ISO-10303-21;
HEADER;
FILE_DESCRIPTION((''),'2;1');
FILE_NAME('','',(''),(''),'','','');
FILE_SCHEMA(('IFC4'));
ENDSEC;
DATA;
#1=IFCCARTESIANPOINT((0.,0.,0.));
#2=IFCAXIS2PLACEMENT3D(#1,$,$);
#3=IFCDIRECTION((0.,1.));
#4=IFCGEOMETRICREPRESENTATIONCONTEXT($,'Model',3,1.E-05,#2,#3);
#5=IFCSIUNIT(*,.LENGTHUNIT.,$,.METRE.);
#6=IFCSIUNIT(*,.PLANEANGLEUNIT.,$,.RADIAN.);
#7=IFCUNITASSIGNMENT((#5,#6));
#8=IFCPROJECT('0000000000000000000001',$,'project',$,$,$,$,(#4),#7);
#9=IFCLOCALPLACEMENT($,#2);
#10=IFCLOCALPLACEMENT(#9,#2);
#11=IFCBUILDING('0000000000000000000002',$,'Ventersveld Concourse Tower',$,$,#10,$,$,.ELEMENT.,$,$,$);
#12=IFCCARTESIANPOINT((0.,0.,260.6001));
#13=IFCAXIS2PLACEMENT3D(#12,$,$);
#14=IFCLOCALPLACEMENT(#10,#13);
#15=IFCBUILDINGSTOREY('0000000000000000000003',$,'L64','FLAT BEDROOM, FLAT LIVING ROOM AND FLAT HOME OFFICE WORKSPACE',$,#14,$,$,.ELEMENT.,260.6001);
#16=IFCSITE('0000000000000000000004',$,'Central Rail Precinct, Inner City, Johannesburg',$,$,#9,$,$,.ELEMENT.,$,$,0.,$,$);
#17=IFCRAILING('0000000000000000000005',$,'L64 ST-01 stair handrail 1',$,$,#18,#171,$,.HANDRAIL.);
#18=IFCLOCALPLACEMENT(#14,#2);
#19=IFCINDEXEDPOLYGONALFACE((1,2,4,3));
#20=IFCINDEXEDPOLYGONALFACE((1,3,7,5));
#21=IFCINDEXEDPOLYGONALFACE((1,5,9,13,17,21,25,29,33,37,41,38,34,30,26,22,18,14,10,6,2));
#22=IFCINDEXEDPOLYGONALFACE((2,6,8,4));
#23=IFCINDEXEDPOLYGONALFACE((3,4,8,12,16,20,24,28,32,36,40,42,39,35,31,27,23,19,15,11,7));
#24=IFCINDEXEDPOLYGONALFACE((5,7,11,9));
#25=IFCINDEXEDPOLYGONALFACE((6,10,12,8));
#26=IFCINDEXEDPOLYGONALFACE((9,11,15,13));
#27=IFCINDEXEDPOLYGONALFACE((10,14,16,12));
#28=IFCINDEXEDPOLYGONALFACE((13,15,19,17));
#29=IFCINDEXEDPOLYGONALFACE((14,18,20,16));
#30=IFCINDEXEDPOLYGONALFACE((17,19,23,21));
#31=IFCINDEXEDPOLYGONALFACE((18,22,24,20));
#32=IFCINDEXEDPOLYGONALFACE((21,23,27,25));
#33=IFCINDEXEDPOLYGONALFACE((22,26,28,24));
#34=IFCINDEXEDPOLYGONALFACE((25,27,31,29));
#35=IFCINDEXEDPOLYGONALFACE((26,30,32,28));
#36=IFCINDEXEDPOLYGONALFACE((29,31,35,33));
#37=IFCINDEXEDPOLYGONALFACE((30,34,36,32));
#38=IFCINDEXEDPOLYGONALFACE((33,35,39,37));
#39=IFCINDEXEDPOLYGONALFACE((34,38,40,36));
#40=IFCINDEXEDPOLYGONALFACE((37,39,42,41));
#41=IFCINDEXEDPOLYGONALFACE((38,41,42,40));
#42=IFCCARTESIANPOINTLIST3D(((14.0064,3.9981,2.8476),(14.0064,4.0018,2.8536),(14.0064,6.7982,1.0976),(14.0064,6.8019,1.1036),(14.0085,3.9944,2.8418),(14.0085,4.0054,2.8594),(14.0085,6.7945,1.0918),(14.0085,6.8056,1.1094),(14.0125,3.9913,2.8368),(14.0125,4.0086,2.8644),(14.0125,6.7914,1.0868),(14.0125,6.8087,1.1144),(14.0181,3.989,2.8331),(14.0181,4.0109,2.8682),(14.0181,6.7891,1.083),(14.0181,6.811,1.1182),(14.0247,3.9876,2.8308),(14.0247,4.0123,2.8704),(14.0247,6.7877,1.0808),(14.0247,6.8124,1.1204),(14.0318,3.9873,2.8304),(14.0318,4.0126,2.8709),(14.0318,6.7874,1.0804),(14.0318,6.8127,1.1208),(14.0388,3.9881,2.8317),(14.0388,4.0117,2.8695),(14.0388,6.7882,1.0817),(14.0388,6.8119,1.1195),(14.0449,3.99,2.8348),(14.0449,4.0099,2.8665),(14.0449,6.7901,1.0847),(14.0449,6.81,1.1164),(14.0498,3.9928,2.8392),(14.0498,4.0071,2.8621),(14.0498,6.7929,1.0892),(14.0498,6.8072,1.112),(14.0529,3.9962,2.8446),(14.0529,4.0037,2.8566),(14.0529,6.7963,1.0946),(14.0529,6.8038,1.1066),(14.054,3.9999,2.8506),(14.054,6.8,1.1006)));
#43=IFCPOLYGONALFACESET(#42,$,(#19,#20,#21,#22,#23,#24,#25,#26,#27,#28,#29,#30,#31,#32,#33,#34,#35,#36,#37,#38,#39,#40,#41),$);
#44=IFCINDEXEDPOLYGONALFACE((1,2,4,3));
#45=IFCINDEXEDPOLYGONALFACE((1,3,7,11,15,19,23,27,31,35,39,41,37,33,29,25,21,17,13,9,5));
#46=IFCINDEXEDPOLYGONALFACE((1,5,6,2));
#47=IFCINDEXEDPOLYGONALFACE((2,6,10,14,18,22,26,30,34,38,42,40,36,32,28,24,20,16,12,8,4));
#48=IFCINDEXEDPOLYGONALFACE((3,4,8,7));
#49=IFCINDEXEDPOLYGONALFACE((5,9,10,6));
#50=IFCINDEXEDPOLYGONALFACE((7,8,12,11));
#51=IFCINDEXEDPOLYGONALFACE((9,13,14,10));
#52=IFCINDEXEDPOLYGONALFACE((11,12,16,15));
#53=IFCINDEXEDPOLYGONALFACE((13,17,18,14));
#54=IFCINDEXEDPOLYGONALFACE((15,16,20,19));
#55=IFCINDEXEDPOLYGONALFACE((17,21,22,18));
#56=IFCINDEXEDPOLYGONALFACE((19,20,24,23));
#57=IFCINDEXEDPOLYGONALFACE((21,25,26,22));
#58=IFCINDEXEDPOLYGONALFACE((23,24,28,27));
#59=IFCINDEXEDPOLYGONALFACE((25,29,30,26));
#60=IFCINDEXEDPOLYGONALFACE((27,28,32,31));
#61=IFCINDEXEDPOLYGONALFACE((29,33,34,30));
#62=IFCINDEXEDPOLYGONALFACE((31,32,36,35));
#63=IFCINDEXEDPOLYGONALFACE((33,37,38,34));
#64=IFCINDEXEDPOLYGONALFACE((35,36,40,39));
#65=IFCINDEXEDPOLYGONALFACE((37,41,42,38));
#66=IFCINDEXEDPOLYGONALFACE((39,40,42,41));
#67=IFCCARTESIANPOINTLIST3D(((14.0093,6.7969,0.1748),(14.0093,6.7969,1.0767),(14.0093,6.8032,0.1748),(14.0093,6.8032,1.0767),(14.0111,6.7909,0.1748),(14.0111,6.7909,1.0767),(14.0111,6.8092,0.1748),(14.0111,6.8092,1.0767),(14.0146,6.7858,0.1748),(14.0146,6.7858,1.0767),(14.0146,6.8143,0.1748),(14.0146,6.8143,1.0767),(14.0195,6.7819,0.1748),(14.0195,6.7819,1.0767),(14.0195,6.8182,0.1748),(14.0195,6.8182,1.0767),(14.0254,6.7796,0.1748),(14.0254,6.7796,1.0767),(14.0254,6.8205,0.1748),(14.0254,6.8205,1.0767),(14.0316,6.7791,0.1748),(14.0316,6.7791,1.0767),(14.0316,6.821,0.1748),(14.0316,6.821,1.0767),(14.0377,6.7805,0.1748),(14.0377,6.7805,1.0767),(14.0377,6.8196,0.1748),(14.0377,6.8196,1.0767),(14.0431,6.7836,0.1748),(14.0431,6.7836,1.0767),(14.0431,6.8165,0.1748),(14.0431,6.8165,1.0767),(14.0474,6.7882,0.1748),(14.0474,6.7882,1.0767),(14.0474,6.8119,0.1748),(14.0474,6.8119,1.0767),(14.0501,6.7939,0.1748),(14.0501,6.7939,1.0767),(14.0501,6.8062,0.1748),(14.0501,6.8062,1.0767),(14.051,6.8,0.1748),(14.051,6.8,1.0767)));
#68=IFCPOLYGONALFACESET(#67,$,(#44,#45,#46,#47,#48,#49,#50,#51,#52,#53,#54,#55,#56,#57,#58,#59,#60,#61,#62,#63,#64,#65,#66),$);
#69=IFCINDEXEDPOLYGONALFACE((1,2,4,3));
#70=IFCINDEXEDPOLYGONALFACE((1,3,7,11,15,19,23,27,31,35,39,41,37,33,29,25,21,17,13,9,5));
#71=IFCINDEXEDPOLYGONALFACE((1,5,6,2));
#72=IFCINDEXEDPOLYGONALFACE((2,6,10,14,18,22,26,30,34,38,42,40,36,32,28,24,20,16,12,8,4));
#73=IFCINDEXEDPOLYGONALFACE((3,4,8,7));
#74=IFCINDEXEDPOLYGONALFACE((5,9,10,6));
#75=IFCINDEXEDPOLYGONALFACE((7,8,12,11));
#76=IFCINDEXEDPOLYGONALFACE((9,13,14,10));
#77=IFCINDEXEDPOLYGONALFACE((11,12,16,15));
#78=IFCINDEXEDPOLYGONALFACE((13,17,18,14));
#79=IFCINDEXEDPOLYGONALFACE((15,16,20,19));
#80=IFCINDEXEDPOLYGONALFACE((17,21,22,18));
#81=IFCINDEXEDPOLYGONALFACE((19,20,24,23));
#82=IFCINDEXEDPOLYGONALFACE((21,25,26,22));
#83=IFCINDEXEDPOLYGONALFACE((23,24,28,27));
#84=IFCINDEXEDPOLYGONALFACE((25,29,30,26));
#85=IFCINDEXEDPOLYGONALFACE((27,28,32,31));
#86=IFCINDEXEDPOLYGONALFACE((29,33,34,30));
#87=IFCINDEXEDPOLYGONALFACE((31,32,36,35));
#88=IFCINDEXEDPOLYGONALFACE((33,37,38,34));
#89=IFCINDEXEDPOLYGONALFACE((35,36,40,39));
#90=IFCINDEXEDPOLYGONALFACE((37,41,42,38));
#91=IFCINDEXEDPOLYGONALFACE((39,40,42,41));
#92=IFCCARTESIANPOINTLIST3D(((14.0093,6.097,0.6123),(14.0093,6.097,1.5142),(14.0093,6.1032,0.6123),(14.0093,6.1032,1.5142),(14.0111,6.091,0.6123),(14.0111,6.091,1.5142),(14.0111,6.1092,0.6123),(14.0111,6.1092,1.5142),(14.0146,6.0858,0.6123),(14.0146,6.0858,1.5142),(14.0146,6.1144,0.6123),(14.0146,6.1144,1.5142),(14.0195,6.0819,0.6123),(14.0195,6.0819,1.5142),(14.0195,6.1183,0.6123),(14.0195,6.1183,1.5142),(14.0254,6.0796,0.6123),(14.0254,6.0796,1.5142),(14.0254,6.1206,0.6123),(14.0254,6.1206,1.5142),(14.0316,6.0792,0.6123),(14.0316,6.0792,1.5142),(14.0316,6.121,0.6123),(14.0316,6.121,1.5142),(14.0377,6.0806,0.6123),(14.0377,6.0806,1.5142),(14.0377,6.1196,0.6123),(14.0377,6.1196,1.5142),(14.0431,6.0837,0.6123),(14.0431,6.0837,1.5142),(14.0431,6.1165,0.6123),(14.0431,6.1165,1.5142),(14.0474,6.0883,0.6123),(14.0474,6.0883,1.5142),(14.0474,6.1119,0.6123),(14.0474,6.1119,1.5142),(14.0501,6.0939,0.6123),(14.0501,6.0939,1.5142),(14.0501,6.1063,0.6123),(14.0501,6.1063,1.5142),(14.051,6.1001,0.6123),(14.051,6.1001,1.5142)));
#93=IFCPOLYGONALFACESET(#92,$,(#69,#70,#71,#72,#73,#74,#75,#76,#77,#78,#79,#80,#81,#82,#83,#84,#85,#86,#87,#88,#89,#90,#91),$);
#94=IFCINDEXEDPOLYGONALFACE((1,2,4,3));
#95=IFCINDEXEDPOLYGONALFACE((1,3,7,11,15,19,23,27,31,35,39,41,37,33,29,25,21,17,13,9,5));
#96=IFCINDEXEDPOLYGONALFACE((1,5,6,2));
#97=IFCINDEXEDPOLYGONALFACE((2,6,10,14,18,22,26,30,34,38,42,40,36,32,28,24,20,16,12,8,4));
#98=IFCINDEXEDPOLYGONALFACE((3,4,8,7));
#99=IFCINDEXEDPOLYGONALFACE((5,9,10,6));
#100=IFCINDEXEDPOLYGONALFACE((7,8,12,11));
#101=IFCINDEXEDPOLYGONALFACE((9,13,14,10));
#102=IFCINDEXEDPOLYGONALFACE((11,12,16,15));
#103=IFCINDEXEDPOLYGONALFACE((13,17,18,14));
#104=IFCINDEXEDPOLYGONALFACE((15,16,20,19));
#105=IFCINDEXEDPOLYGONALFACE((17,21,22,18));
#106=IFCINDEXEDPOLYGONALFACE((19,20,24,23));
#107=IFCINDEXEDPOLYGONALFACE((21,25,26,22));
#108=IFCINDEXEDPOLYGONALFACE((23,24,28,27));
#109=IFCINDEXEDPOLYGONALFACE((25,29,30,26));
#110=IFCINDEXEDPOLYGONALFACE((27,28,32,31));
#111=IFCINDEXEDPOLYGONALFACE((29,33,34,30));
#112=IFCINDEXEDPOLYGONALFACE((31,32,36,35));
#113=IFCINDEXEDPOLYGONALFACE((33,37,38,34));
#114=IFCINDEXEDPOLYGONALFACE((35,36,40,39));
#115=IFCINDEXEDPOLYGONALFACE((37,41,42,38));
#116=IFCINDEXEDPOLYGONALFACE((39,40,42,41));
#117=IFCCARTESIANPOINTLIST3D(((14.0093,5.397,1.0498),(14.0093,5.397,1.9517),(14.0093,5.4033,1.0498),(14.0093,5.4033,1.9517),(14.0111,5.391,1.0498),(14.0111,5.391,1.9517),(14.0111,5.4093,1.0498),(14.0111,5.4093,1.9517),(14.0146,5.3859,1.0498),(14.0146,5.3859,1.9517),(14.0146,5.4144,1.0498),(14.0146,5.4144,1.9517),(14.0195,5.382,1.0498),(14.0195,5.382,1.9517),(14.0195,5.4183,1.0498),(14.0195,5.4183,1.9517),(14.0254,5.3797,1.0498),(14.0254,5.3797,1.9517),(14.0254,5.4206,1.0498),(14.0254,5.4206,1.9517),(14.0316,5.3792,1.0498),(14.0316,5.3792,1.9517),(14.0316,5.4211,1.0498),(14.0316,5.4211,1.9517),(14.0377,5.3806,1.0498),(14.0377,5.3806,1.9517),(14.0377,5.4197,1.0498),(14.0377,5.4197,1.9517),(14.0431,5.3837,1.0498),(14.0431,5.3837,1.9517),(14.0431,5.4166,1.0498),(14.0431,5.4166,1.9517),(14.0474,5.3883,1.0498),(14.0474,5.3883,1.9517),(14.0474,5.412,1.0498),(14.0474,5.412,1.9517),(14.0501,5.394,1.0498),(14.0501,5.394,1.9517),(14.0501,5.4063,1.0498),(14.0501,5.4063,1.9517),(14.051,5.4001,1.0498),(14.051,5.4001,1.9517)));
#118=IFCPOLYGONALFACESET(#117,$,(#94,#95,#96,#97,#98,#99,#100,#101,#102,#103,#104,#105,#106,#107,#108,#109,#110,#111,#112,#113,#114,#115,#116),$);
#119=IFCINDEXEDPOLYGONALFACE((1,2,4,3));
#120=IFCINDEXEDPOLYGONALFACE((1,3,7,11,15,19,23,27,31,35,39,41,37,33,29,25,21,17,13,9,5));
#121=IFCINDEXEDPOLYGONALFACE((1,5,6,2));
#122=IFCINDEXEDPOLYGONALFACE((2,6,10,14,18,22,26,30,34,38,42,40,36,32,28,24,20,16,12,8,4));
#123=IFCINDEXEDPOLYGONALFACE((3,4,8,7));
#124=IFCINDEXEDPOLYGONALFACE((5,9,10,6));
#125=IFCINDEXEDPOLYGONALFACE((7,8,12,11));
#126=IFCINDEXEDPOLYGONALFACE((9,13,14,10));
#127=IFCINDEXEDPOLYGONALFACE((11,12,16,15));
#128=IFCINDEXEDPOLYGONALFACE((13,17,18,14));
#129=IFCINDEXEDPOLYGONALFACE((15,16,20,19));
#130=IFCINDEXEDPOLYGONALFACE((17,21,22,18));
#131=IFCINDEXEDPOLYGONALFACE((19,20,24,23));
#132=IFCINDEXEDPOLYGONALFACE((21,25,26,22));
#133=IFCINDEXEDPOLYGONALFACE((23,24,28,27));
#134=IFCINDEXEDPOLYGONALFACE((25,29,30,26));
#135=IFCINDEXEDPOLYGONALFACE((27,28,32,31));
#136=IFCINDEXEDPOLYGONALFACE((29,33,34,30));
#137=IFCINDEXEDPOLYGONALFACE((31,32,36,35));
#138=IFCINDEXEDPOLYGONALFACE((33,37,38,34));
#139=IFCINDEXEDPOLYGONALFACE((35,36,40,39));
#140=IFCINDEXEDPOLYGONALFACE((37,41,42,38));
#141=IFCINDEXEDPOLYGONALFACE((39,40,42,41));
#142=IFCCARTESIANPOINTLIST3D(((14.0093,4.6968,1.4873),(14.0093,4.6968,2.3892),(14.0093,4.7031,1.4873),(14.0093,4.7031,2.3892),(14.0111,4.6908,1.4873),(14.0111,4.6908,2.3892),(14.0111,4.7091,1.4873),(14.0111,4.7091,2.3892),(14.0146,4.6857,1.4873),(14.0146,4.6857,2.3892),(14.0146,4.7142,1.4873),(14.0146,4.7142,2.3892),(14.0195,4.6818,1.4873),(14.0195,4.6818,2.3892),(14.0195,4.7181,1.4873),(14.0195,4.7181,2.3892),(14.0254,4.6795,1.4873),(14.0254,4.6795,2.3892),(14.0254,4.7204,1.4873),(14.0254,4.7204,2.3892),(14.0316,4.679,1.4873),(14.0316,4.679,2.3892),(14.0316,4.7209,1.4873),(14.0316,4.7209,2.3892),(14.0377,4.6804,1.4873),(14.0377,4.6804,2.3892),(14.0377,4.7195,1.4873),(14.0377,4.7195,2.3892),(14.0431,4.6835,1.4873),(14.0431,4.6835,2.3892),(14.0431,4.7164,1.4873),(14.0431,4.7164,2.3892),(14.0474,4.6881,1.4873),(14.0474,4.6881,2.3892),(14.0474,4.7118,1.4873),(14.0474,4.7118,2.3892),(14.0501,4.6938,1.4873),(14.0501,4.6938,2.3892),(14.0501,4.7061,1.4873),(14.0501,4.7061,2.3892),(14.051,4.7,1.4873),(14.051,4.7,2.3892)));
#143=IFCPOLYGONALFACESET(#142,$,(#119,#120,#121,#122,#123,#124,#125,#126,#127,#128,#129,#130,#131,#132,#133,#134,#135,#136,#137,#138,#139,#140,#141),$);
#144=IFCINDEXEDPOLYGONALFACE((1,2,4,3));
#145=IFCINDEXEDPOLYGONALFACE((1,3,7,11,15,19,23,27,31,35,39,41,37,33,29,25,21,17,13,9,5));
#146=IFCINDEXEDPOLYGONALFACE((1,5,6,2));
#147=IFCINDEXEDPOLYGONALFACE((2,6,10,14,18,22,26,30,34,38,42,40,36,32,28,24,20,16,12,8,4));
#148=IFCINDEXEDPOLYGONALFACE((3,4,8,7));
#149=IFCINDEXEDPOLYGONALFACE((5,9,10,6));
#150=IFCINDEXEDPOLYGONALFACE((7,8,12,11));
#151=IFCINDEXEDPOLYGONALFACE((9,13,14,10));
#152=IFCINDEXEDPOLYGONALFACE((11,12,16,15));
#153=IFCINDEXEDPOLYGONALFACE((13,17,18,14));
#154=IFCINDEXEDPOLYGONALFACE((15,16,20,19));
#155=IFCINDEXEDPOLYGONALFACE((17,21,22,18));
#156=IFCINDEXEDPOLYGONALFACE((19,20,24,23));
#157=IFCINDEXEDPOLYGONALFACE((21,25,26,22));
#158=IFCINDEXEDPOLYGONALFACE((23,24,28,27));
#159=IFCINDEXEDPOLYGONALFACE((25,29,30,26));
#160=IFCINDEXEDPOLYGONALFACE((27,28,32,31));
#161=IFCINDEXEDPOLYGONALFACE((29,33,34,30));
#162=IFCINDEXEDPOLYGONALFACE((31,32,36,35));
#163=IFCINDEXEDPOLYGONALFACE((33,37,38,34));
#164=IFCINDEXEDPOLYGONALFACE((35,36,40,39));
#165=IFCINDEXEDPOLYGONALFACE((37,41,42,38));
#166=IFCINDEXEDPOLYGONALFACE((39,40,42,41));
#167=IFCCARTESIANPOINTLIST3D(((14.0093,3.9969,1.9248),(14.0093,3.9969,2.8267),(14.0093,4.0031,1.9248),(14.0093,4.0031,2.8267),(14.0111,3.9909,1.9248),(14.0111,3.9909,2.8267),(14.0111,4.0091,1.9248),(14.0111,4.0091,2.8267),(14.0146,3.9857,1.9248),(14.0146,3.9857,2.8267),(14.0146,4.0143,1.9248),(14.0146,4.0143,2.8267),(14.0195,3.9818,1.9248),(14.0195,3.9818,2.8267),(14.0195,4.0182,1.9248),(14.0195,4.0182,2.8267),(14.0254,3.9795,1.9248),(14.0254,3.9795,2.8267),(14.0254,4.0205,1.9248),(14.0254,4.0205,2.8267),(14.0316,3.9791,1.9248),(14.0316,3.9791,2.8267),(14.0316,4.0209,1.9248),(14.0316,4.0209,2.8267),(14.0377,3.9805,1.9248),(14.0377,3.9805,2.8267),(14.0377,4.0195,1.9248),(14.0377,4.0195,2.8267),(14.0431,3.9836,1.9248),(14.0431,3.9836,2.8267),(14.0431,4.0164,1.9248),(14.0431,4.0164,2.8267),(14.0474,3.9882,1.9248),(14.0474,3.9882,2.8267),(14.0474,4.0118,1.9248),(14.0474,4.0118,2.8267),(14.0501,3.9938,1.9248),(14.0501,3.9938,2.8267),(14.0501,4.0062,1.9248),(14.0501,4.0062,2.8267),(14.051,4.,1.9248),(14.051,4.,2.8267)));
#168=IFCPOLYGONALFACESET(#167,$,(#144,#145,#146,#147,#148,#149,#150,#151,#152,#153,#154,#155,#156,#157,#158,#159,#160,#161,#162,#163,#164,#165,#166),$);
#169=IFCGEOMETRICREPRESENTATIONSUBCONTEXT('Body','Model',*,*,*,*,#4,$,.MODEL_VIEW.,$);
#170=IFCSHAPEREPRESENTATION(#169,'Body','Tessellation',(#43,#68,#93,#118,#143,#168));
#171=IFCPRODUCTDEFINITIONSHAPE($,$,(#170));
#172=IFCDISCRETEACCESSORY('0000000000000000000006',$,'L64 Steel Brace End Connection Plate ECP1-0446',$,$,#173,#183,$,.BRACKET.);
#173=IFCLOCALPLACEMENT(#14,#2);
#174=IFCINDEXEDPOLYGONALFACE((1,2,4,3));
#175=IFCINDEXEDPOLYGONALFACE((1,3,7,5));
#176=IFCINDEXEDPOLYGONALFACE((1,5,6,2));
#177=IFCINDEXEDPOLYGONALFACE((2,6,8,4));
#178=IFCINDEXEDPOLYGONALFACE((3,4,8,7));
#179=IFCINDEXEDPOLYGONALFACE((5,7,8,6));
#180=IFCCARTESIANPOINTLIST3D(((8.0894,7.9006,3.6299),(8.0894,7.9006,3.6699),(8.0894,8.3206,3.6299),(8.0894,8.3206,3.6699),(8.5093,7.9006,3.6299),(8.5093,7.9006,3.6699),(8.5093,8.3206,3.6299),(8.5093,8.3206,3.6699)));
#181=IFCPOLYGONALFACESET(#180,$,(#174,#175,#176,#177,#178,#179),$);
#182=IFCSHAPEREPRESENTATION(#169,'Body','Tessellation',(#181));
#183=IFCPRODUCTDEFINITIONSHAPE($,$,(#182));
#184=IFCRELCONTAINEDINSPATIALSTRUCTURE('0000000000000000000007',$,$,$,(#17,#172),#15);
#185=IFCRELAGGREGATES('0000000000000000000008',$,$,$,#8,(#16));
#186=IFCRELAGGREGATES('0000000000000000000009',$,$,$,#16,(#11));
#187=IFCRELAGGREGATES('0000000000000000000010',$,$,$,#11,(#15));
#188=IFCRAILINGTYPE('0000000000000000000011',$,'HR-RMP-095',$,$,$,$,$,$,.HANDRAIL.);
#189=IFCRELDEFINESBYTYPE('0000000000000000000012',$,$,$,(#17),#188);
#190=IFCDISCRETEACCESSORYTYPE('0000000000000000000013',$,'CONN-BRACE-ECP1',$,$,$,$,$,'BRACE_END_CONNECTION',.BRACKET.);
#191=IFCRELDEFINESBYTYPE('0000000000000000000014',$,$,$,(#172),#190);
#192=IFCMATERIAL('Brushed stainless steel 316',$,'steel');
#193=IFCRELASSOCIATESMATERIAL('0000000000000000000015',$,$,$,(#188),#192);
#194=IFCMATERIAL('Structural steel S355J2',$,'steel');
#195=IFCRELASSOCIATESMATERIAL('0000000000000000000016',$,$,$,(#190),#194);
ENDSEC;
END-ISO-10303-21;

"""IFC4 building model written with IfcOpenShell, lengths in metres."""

from ifc_helpers import new_model, si_unit, direction, frame, origin, origin_2d, place, context, subcontext, project, spatial, rectangle, circle, extrude, material, type_object, element, save


model = new_model("IFC4")

# Units and contexts
model_context = context("Model", 3, precision=1e-05, world=origin(), true_north=direction((0.0, 1.0)))
body_context = subcontext(model_context, "Body", "Model", "MODEL_VIEW")
ifc_project = project(units=[si_unit("LENGTHUNIT", "METRE"), si_unit("PLANEANGLEUNIT", "RADIAN")], contexts=[model_context])

# Site, building, storey
site_placement = place(None, origin())
site = spatial("IfcSite", under=ifc_project, at=site_placement, Name="Central Rail Precinct, Inner City, Johannesburg", CompositionType="ELEMENT", RefElevation=0.0)
building_placement = place(site_placement, origin())
building = spatial("IfcBuilding", under=site, at=building_placement, Name="Ventersveld Concourse Tower", CompositionType="ELEMENT")
storey_placement = place(building_placement, frame((0.0, 0.0, 260.6001)))
storey = spatial("IfcBuildingStorey", under=building, at=storey_placement, Name="L64", Description="FLAT BEDROOM, FLAT LIVING ROOM AND FLAT HOME OFFICE WORKSPACE", CompositionType="ELEMENT", Elevation=260.6001)

# Shared definitions
ifc_material_1 = material(Name="Structural steel S355J2", Category="steel")

# Railing
ifc_material_2 = material(Name="Brushed stainless steel 316", Category="steel")
railing_type = type_object("IfcRailingType", Name="HR-RMP-095", PredefinedType="HANDRAIL", material=ifc_material_2)
railing_placement = place(storey_placement, frame((14.03, 6.8, 0.1748)))
element("IfcRailing", 1, at=railing_placement, inside=storey, type_object=railing_type, Name="L64 ST-01 stair handrail 1", PredefinedType="HANDRAIL", context=body_context, shape_type="SweptSolid", body=[
    extrude(circle(Radius=0.0239, at=origin_2d()), frame((0.0, 0.0, 0.9258), z_axis=(0.0, -0.848002, 0.529992), x_axis=(1.0, 0.0, 0.0)), (0.0, 0.0, 1.0), 3.302),
    extrude(circle(Radius=0.021, at=origin_2d()), origin(), (0.0, 0.0, 1.0), 0.9019),
    extrude(circle(Radius=0.021, at=origin_2d()), frame((0.0, -0.7, 0.4375)), (0.0, 0.0, 1.0), 0.9019),
    extrude(circle(Radius=0.021, at=origin_2d()), frame((0.0, -1.3999, 0.875)), (0.0, 0.0, 1.0), 0.9019),
    extrude(circle(Radius=0.021, at=origin_2d()), frame((0.0, -2.1001, 1.3125)), (0.0, 0.0, 1.0), 0.9019),
    extrude(circle(Radius=0.021, at=origin_2d()), frame((0.0, -2.8, 1.75)), (0.0, 0.0, 1.0), 0.9019),
])

# Discrete accessory
discrete_accessory_type = type_object("IfcDiscreteAccessoryType", Name="CONN-BRACE-ECP1", ElementType="BRACE_END_CONNECTION", PredefinedType="BRACKET", material=ifc_material_1)
discrete_accessory_placement = place(storey_placement, frame((8.2993, 8.1106, 3.6299), z_axis=(0.0, 0.0, 1.0), x_axis=(1.0, 0.0, 0.0)))
element("IfcDiscreteAccessory", 2, at=discrete_accessory_placement, inside=storey, type_object=discrete_accessory_type, Name="L64 Steel Brace End Connection Plate ECP1-0446", PredefinedType="BRACKET", context=body_context, shape_type="SweptSolid", body=[
    extrude(rectangle(XDim=0.4199, YDim=0.4199, at=origin_2d()), origin(), (0.0, 0.0, 1.0), 0.04),
])

save(model, "model.ifc")
